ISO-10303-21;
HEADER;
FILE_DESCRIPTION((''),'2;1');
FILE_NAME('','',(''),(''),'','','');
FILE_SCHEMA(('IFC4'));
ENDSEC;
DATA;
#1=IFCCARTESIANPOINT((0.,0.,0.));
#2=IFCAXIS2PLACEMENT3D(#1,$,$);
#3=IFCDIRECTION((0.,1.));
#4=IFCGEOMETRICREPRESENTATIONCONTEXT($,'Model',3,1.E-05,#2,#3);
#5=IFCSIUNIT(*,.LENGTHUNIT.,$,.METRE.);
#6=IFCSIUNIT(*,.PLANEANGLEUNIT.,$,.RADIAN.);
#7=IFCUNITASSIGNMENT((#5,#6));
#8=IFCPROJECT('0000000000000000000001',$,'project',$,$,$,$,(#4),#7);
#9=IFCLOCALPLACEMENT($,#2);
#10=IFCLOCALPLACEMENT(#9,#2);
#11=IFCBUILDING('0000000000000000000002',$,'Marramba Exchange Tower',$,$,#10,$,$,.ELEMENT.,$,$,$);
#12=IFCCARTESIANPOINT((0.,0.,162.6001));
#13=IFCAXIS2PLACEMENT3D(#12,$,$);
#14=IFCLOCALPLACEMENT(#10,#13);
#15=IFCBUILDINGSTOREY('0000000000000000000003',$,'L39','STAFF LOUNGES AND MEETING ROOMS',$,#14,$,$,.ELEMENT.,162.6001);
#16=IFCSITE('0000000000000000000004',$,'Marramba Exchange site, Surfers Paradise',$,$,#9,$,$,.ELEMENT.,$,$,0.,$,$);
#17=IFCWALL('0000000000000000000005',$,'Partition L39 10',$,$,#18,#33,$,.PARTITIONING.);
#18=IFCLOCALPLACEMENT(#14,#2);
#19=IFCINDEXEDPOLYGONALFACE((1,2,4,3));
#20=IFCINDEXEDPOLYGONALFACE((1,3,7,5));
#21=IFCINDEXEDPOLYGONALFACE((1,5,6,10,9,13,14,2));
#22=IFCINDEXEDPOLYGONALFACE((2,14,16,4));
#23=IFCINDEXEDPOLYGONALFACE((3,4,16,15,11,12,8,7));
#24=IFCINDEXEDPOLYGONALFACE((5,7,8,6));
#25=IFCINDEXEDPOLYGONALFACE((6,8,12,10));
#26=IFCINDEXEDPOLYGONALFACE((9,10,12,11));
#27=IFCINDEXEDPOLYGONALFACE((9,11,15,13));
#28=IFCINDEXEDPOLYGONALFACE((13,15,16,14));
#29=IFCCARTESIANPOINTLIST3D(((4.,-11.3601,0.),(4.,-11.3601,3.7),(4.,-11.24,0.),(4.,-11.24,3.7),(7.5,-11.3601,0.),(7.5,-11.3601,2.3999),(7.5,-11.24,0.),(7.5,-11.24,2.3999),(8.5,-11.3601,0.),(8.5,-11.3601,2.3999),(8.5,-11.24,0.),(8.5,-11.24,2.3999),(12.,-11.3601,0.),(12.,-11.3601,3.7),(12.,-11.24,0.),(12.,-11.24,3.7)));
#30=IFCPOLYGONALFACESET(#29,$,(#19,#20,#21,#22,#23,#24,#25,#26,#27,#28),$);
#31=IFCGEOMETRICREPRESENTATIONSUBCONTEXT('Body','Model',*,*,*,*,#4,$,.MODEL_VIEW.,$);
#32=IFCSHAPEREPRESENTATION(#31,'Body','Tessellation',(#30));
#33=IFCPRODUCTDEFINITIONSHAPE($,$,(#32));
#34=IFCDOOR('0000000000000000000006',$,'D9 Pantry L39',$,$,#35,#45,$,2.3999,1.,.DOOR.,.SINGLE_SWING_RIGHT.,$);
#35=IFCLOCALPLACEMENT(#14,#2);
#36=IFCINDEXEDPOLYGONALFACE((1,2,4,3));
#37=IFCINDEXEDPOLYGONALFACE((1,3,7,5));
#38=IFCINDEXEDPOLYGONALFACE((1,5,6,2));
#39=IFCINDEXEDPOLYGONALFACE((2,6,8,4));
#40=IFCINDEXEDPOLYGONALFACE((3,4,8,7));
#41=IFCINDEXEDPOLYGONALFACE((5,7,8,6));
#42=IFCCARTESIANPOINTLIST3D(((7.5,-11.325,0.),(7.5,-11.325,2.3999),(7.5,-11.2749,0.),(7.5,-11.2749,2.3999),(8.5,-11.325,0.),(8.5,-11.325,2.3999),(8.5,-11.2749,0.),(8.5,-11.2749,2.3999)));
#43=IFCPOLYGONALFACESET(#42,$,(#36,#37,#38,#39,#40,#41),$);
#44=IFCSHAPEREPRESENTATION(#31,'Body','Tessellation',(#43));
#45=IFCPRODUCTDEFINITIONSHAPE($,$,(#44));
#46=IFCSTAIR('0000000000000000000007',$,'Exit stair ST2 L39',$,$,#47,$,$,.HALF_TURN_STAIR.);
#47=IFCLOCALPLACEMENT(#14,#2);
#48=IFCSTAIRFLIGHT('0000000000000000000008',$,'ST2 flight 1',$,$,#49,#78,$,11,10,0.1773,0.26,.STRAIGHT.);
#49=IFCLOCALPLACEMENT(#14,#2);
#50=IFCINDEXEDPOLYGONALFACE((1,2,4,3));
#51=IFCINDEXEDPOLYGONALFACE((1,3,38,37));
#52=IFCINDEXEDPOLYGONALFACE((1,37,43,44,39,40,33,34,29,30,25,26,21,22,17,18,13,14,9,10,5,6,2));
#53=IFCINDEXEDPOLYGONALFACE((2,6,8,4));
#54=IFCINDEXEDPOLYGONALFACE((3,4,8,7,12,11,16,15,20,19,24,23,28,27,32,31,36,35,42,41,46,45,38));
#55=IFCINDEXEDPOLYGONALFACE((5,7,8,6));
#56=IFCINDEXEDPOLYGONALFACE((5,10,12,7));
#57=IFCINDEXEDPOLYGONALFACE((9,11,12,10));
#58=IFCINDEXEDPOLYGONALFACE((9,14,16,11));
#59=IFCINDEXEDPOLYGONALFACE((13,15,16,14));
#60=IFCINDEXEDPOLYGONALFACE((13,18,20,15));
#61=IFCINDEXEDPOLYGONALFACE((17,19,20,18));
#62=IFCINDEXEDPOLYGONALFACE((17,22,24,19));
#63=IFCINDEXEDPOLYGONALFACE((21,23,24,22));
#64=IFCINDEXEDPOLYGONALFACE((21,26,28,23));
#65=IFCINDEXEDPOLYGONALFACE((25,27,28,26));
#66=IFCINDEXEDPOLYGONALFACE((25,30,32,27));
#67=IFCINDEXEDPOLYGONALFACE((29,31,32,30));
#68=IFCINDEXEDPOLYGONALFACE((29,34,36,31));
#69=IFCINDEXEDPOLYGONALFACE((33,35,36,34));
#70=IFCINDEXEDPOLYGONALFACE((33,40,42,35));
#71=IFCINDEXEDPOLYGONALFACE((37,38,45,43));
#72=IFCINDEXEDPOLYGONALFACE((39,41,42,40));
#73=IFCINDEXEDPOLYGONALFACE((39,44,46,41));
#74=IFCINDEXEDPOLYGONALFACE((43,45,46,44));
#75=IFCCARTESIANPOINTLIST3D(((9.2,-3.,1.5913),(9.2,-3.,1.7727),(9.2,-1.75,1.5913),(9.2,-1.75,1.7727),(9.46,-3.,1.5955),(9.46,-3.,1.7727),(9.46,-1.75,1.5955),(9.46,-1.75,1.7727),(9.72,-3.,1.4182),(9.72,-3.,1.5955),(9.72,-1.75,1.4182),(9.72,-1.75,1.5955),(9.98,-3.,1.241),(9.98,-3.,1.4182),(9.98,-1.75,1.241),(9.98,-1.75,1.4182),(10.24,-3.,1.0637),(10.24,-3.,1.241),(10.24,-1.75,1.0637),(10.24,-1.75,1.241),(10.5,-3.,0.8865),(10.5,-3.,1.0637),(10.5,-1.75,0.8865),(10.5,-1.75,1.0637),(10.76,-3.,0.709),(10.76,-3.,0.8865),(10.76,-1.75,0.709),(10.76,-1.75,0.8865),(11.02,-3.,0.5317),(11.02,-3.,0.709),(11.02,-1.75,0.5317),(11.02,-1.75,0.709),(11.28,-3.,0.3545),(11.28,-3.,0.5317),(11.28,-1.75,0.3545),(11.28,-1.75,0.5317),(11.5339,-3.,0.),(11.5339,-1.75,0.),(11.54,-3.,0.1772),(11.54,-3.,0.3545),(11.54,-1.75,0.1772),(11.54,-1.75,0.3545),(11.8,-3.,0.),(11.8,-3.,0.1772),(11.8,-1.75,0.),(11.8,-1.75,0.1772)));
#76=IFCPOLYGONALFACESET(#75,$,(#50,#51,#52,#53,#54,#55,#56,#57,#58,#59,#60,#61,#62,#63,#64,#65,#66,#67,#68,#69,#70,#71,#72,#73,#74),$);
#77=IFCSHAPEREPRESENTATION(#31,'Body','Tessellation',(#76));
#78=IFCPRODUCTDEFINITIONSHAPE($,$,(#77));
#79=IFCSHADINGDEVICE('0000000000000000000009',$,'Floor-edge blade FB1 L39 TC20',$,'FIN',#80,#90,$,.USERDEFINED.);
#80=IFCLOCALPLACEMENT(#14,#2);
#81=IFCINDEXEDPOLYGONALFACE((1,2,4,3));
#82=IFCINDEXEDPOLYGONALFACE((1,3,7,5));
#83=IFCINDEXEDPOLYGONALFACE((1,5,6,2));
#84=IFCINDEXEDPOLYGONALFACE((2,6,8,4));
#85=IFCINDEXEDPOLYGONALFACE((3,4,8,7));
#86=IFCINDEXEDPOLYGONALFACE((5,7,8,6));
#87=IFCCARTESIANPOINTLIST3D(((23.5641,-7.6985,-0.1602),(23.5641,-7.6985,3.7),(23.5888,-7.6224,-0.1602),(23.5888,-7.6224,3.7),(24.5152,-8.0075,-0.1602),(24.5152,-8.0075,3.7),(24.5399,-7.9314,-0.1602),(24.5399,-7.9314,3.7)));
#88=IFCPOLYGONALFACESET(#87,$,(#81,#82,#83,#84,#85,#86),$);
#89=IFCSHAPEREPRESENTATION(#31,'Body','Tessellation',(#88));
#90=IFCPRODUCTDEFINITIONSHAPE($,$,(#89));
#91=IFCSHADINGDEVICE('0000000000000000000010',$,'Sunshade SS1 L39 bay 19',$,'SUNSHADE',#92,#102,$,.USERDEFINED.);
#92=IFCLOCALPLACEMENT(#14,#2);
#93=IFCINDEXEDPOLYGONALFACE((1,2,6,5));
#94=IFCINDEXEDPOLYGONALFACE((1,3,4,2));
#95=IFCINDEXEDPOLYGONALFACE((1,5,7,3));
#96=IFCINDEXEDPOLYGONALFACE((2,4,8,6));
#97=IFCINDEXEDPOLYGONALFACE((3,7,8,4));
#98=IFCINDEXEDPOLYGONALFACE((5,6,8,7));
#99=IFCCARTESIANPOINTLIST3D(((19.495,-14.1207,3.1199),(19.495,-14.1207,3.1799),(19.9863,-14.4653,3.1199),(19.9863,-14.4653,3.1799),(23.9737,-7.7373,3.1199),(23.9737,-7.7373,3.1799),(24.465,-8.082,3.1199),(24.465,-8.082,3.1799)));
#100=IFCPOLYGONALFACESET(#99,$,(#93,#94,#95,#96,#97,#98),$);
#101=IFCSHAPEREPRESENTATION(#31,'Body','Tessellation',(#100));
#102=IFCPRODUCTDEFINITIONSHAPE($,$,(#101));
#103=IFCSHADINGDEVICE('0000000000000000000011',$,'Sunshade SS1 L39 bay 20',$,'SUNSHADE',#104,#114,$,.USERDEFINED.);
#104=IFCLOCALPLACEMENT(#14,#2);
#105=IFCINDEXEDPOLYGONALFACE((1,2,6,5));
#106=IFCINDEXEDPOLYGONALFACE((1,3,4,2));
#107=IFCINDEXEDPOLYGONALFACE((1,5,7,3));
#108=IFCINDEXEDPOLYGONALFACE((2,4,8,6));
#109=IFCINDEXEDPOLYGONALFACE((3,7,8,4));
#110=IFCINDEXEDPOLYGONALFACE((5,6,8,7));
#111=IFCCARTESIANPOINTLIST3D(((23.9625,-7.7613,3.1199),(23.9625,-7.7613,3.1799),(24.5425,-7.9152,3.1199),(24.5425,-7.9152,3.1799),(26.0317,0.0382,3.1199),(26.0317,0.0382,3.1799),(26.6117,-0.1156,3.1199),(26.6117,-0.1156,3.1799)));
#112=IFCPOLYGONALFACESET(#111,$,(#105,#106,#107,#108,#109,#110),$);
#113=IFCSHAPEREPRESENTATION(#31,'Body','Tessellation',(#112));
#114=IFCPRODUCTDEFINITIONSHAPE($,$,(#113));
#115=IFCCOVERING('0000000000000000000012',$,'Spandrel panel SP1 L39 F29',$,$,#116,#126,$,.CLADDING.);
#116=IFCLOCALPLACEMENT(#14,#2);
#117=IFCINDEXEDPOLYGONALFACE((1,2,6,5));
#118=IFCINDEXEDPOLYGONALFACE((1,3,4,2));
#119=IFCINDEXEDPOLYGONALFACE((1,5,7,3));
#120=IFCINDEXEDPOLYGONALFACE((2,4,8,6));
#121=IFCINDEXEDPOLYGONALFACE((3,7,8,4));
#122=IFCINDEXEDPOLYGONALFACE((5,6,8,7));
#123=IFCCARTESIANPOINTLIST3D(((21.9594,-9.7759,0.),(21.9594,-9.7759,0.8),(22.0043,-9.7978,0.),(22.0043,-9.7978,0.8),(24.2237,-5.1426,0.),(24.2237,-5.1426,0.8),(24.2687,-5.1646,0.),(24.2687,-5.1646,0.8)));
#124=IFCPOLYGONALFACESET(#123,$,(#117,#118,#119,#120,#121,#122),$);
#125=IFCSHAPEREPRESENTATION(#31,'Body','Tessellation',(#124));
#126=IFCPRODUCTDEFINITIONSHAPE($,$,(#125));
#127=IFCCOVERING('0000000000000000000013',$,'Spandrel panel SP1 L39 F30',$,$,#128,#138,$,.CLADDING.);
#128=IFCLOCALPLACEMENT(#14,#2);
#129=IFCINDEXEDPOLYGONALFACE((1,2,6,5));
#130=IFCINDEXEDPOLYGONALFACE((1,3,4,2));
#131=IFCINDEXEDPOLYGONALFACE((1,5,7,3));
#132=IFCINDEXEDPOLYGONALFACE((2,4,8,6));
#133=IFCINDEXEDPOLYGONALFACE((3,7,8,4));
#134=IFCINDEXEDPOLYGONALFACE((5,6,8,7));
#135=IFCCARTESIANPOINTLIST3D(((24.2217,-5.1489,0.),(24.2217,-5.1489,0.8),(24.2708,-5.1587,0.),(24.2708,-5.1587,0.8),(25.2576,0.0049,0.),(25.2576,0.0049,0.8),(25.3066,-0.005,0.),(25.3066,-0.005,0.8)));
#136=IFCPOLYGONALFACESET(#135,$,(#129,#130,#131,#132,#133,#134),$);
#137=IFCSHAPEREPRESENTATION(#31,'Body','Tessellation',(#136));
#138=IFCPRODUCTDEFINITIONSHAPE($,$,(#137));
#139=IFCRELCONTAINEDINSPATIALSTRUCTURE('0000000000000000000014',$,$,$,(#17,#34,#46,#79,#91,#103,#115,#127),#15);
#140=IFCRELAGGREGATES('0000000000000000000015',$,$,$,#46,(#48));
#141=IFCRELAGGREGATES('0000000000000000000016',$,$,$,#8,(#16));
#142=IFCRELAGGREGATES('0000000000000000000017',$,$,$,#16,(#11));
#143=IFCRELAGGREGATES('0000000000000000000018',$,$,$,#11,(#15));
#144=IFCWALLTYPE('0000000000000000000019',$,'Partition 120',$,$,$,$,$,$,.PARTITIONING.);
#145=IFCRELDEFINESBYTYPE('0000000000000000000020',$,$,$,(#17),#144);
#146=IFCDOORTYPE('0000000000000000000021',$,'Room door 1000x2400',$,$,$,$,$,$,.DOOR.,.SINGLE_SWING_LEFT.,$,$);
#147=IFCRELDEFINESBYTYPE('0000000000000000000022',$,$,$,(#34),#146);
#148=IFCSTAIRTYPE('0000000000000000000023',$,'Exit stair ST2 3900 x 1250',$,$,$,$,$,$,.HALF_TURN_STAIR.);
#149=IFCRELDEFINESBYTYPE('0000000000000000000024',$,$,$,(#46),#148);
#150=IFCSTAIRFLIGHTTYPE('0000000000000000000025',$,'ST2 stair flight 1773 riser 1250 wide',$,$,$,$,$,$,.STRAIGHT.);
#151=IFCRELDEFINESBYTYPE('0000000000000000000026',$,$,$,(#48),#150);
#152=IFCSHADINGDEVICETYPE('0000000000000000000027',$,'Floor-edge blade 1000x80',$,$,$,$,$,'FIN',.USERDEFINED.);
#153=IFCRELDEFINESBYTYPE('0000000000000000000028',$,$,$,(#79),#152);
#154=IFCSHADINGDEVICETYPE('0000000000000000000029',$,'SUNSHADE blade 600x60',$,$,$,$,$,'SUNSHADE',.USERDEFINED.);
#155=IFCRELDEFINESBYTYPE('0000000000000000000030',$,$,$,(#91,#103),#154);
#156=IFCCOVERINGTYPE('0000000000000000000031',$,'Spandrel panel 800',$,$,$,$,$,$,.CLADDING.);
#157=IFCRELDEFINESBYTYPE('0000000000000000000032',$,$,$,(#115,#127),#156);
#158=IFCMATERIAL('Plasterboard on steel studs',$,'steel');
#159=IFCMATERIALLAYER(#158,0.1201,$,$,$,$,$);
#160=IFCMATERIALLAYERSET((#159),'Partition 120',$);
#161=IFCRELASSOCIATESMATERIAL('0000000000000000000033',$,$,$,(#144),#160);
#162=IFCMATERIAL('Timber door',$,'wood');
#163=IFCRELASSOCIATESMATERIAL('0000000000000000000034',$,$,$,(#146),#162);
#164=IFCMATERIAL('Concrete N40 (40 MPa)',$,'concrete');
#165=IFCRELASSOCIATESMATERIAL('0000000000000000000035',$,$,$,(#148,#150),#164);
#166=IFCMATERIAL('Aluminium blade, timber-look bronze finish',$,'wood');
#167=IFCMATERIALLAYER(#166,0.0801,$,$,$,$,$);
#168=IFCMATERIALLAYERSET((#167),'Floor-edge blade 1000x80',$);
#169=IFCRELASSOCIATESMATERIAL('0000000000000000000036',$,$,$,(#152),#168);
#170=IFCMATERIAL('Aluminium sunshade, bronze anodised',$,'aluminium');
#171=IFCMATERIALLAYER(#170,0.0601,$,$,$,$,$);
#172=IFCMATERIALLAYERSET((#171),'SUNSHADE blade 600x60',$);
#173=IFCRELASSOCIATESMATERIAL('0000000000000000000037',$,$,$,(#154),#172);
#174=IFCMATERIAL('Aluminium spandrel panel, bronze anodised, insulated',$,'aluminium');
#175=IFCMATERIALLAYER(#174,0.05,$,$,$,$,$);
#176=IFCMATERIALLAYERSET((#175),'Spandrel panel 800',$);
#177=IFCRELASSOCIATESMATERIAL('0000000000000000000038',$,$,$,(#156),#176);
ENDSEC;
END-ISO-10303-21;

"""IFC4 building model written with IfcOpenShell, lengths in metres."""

from ifc_helpers import new_model, si_unit, direction, frame, frame_2d, origin, origin_2d, place, context, subcontext, project, spatial, polyline, rectangle, outline, extrude, material, layer, layer_set, type_object, element, fill, aggregate, save


model = new_model("IFC4")

# Units and contexts
model_context = context("Model", 3, precision=1e-05, world=origin(), true_north=direction((0.0, 1.0)))
body_context = subcontext(model_context, "Body", "Model", "MODEL_VIEW")
ifc_project = project(units=[si_unit("LENGTHUNIT", "METRE"), si_unit("PLANEANGLEUNIT", "RADIAN")], contexts=[model_context])

# Site, building, storey
site_placement = place(None, origin())
site = spatial("IfcSite", under=ifc_project, at=site_placement, Name="Marramba Exchange site, Surfers Paradise", CompositionType="ELEMENT", RefElevation=0.0)
building_placement = place(site_placement, origin())
building = spatial("IfcBuilding", under=site, at=building_placement, Name="Marramba Exchange Tower", CompositionType="ELEMENT")
storey_placement = place(building_placement, frame((0.0, 0.0, 162.6001)))
storey = spatial("IfcBuildingStorey", under=building, at=storey_placement, Name="L39", Description="STAFF LOUNGES AND MEETING ROOMS", CompositionType="ELEMENT", Elevation=162.6001)

# Wall, opening, door
ifc_material_1 = material(Name="Plasterboard on steel studs", Category="steel")
ifc_layer_1 = layer(ifc_material_1, 0.1201)
ifc_layer_set_1 = layer_set([ifc_layer_1], Name="Partition 120")
wall_type_1 = type_object("IfcWallType", Name="Partition 120", PredefinedType="PARTITIONING", material=ifc_layer_set_1)
wall_1_placement = place(storey_placement, frame((12.0, -11.3, 0.0), z_axis=(0.0, 0.0, 1.0), x_axis=(-1.0, 0.0, 0.0)))
wall_1 = element("IfcWall", 1, at=wall_1_placement, inside=storey, type_object=wall_type_1, Name="Partition L39 10", PredefinedType="PARTITIONING", context=body_context, shape_type="SweptSolid", body=[
    extrude(rectangle(XDim=8.0, YDim=0.1201, at=frame_2d((4.0, 0.0))), origin(), (0.0, 0.0, 1.0), 3.7),
])
opening_1_placement = place(wall_1_placement, frame((3.5, 0.0, 0.0)))
opening_1 = element("IfcOpeningElement", 2, at=opening_1_placement, cuts=wall_1, PredefinedType="OPENING", context=body_context, shape_type="SweptSolid", body=[
    extrude(rectangle(XDim=1.0, YDim=2.3999, at=frame_2d((0.5, 1.2))), frame((0.0, 0.0701, 0.0), z_axis=(0.0, -1.0, 0.0), x_axis=(1.0, 0.0, 0.0)), (0.0, 0.0, 1.0), 0.1401),
])
ifc_material_2 = material(Name="Timber door", Category="wood")
door_type_1 = type_object("IfcDoorType", Name="Room door 1000x2400", OperationType="SINGLE_SWING_LEFT", PredefinedType="DOOR", material=ifc_material_2)
door_1_placement = place(opening_1_placement, origin())
door_1 = element("IfcDoor", 3, at=door_1_placement, inside=storey, type_object=door_type_1, Name="D9 Pantry L39", OperationType="SINGLE_SWING_RIGHT", OverallHeight=2.3999, OverallWidth=1.0, PredefinedType="DOOR", context=body_context, shape_type="SweptSolid", body=[
    extrude(rectangle(XDim=1.0, YDim=2.3999, at=frame_2d((0.5, 1.2))), frame((0.0, 0.0249, 0.0), z_axis=(0.0, -1.0, 0.0), x_axis=(1.0, 0.0, 0.0)), (0.0, 0.0, 1.0), 0.05),
])
fill(opening_1, door_1)

# Stair, stair flight
ifc_material_3 = material(Name="Concrete N40 (40 MPa)", Category="concrete")
stair_type = type_object("IfcStairType", Name="Exit stair ST2 3900 x 1250", PredefinedType="HALF_TURN_STAIR", material=ifc_material_3)
stair_placement = place(storey_placement, origin())
stair = element("IfcStair", 4, at=stair_placement, inside=storey, type_object=stair_type, Name="Exit stair ST2 L39", PredefinedType="HALF_TURN_STAIR")
stair_flight_type = type_object("IfcStairFlightType", Name="ST2 stair flight 1773 riser 1250 wide", PredefinedType="STRAIGHT", material=ifc_material_3)
stair_flight_placement = place(storey_placement, frame((11.8, -2.375, 0.0), z_axis=(0.0, 0.0, 1.0), x_axis=(-1.0, 0.0, 0.0)))
stair_flight = element("IfcStairFlight", 5, at=stair_flight_placement, type_object=stair_flight_type, Name="ST2 flight 1", NumberOfRisers=11, NumberOfTreads=10, PredefinedType="STRAIGHT", RiserHeight=0.1773, TreadLength=0.26, context=body_context, shape_type="SweptSolid", body=[
    extrude(outline(polyline([(0.0, 0.0), (0.0, 0.1772), (0.26, 0.1772), (0.26, 0.3545), (0.52, 0.3545), (0.52, 0.5317), (0.78, 0.5317), (0.78, 0.709), (1.04, 0.709), (1.04, 0.8865), (1.3, 0.8865), (1.3, 1.0637), (1.5601, 1.0637), (1.5601, 1.241), (1.8201, 1.241), (1.8201, 1.4182), (2.0801, 1.4182), (2.0801, 1.5955), (2.3401, 1.5955), (2.3401, 1.7727), (2.6001, 1.7727), (2.6001, 1.95), (2.6001, 1.5913), (0.2661, 0.0), (0.0, 0.0)])), frame((0.0, 0.625, 0.0), z_axis=(0.0, -1.0, 0.0), x_axis=(1.0, 0.0, 0.0)), (0.0, 0.0, 1.0), 1.25),
])
aggregate(stair, [stair_flight])

# Shading devices
ifc_material_4 = material(Name="Aluminium blade, timber-look bronze finish", Category="wood")
ifc_layer_2 = layer(ifc_material_4, 0.0801)
ifc_layer_set_2 = layer_set([ifc_layer_2], Name="Floor-edge blade 1000x80")
shading_device_type_1 = type_object("IfcShadingDeviceType", Name="Floor-edge blade 1000x80", ElementType="FIN", PredefinedType="USERDEFINED", material=ifc_layer_set_2)
shading_device_1_placement = place(storey_placement, frame((24.052, -7.8149, -0.1602), z_axis=(0.0, 0.0, 1.0), x_axis=(0.951057, -0.309017, 0.0)))
element("IfcShadingDevice", 6, at=shading_device_1_placement, inside=storey, type_object=shading_device_type_1, Name="Floor-edge blade FB1 L39 TC20", ObjectType="FIN", PredefinedType="USERDEFINED", context=body_context, shape_type="SweptSolid", body=[
    extrude(rectangle(XDim=1.0, YDim=0.0801, at=origin_2d()), origin(), (0.0, 0.0, 1.0), 3.8601),
])
ifc_material_5 = material(Name="Aluminium sunshade, bronze anodised", Category="aluminium")
ifc_layer_3 = layer(ifc_material_5, 0.0601)
ifc_layer_set_3 = layer_set([ifc_layer_3], Name="SUNSHADE blade 600x60")
shading_device_type_2 = type_object("IfcShadingDeviceType", Name="SUNSHADE blade 600x60", ElementType="SUNSHADE", PredefinedType="USERDEFINED", material=ifc_layer_set_3)
shading_device_2_placement = place(storey_placement, frame((21.98, -11.1013, 3.1199), z_axis=(0.0, 0.0, 1.0), x_axis=(0.574351, 0.818609, 0.0)))
element("IfcShadingDevice", 7, at=shading_device_2_placement, inside=storey, type_object=shading_device_type_2, Name="Sunshade SS1 L39 bay 19", ObjectType="SUNSHADE", PredefinedType="USERDEFINED", context=body_context, shape_type="SweptSolid", body=[
    extrude(rectangle(XDim=7.7979, YDim=0.6001, at=origin_2d()), origin(), (0.0, 0.0, 1.0), 0.0601),
])
shading_device_3_placement = place(storey_placement, frame((25.2871, -3.9385, 3.1199), z_axis=(0.0, 0.0, 1.0), x_axis=(0.256423, 0.966565, 0.0)))
element("IfcShadingDevice", 8, at=shading_device_3_placement, inside=storey, type_object=shading_device_type_2, Name="Sunshade SS1 L39 bay 20", ObjectType="SUNSHADE", PredefinedType="USERDEFINED", context=body_context, shape_type="SweptSolid", body=[
    extrude(rectangle(XDim=8.0693, YDim=0.6001, at=origin_2d()), origin(), (0.0, 0.0, 1.0), 0.0601),
])

# Coverings
ifc_material_6 = material(Name="Aluminium spandrel panel, bronze anodised, insulated", Category="aluminium")
ifc_layer_4 = layer(ifc_material_6, 0.05)
ifc_layer_set_4 = layer_set([ifc_layer_4], Name="Spandrel panel 800")
covering_type = type_object("IfcCoveringType", Name="Spandrel panel 800", PredefinedType="CLADDING", material=ifc_layer_set_4)
covering_1_placement = place(storey_placement, frame((23.114, -7.4702, 0.0), z_axis=(0.0, 0.0, 1.0), x_axis=(0.439086, 0.898445, 0.0)))
element("IfcCovering", 9, at=covering_1_placement, inside=storey, type_object=covering_type, Name="Spandrel panel SP1 L39 F29", PredefinedType="CLADDING", context=body_context, shape_type="SweptSolid", body=[
    extrude(rectangle(XDim=5.157, YDim=0.05, at=origin_2d()), origin(), (0.0, 0.0, 1.0), 0.8),
])
covering_2_placement = place(storey_placement, frame((24.7642, -2.5769, 0.0), z_axis=(0.0, 0.0, 1.0), x_axis=(0.197049, 0.980394, 0.0)))
element("IfcCovering", 10, at=covering_2_placement, inside=storey, type_object=covering_type, Name="Spandrel panel SP1 L39 F30", PredefinedType="CLADDING", context=body_context, shape_type="SweptSolid", body=[
    extrude(rectangle(XDim=5.2568, YDim=0.05, at=origin_2d()), origin(), (0.0, 0.0, 1.0), 0.8),
])

save(model, "model.ifc")
